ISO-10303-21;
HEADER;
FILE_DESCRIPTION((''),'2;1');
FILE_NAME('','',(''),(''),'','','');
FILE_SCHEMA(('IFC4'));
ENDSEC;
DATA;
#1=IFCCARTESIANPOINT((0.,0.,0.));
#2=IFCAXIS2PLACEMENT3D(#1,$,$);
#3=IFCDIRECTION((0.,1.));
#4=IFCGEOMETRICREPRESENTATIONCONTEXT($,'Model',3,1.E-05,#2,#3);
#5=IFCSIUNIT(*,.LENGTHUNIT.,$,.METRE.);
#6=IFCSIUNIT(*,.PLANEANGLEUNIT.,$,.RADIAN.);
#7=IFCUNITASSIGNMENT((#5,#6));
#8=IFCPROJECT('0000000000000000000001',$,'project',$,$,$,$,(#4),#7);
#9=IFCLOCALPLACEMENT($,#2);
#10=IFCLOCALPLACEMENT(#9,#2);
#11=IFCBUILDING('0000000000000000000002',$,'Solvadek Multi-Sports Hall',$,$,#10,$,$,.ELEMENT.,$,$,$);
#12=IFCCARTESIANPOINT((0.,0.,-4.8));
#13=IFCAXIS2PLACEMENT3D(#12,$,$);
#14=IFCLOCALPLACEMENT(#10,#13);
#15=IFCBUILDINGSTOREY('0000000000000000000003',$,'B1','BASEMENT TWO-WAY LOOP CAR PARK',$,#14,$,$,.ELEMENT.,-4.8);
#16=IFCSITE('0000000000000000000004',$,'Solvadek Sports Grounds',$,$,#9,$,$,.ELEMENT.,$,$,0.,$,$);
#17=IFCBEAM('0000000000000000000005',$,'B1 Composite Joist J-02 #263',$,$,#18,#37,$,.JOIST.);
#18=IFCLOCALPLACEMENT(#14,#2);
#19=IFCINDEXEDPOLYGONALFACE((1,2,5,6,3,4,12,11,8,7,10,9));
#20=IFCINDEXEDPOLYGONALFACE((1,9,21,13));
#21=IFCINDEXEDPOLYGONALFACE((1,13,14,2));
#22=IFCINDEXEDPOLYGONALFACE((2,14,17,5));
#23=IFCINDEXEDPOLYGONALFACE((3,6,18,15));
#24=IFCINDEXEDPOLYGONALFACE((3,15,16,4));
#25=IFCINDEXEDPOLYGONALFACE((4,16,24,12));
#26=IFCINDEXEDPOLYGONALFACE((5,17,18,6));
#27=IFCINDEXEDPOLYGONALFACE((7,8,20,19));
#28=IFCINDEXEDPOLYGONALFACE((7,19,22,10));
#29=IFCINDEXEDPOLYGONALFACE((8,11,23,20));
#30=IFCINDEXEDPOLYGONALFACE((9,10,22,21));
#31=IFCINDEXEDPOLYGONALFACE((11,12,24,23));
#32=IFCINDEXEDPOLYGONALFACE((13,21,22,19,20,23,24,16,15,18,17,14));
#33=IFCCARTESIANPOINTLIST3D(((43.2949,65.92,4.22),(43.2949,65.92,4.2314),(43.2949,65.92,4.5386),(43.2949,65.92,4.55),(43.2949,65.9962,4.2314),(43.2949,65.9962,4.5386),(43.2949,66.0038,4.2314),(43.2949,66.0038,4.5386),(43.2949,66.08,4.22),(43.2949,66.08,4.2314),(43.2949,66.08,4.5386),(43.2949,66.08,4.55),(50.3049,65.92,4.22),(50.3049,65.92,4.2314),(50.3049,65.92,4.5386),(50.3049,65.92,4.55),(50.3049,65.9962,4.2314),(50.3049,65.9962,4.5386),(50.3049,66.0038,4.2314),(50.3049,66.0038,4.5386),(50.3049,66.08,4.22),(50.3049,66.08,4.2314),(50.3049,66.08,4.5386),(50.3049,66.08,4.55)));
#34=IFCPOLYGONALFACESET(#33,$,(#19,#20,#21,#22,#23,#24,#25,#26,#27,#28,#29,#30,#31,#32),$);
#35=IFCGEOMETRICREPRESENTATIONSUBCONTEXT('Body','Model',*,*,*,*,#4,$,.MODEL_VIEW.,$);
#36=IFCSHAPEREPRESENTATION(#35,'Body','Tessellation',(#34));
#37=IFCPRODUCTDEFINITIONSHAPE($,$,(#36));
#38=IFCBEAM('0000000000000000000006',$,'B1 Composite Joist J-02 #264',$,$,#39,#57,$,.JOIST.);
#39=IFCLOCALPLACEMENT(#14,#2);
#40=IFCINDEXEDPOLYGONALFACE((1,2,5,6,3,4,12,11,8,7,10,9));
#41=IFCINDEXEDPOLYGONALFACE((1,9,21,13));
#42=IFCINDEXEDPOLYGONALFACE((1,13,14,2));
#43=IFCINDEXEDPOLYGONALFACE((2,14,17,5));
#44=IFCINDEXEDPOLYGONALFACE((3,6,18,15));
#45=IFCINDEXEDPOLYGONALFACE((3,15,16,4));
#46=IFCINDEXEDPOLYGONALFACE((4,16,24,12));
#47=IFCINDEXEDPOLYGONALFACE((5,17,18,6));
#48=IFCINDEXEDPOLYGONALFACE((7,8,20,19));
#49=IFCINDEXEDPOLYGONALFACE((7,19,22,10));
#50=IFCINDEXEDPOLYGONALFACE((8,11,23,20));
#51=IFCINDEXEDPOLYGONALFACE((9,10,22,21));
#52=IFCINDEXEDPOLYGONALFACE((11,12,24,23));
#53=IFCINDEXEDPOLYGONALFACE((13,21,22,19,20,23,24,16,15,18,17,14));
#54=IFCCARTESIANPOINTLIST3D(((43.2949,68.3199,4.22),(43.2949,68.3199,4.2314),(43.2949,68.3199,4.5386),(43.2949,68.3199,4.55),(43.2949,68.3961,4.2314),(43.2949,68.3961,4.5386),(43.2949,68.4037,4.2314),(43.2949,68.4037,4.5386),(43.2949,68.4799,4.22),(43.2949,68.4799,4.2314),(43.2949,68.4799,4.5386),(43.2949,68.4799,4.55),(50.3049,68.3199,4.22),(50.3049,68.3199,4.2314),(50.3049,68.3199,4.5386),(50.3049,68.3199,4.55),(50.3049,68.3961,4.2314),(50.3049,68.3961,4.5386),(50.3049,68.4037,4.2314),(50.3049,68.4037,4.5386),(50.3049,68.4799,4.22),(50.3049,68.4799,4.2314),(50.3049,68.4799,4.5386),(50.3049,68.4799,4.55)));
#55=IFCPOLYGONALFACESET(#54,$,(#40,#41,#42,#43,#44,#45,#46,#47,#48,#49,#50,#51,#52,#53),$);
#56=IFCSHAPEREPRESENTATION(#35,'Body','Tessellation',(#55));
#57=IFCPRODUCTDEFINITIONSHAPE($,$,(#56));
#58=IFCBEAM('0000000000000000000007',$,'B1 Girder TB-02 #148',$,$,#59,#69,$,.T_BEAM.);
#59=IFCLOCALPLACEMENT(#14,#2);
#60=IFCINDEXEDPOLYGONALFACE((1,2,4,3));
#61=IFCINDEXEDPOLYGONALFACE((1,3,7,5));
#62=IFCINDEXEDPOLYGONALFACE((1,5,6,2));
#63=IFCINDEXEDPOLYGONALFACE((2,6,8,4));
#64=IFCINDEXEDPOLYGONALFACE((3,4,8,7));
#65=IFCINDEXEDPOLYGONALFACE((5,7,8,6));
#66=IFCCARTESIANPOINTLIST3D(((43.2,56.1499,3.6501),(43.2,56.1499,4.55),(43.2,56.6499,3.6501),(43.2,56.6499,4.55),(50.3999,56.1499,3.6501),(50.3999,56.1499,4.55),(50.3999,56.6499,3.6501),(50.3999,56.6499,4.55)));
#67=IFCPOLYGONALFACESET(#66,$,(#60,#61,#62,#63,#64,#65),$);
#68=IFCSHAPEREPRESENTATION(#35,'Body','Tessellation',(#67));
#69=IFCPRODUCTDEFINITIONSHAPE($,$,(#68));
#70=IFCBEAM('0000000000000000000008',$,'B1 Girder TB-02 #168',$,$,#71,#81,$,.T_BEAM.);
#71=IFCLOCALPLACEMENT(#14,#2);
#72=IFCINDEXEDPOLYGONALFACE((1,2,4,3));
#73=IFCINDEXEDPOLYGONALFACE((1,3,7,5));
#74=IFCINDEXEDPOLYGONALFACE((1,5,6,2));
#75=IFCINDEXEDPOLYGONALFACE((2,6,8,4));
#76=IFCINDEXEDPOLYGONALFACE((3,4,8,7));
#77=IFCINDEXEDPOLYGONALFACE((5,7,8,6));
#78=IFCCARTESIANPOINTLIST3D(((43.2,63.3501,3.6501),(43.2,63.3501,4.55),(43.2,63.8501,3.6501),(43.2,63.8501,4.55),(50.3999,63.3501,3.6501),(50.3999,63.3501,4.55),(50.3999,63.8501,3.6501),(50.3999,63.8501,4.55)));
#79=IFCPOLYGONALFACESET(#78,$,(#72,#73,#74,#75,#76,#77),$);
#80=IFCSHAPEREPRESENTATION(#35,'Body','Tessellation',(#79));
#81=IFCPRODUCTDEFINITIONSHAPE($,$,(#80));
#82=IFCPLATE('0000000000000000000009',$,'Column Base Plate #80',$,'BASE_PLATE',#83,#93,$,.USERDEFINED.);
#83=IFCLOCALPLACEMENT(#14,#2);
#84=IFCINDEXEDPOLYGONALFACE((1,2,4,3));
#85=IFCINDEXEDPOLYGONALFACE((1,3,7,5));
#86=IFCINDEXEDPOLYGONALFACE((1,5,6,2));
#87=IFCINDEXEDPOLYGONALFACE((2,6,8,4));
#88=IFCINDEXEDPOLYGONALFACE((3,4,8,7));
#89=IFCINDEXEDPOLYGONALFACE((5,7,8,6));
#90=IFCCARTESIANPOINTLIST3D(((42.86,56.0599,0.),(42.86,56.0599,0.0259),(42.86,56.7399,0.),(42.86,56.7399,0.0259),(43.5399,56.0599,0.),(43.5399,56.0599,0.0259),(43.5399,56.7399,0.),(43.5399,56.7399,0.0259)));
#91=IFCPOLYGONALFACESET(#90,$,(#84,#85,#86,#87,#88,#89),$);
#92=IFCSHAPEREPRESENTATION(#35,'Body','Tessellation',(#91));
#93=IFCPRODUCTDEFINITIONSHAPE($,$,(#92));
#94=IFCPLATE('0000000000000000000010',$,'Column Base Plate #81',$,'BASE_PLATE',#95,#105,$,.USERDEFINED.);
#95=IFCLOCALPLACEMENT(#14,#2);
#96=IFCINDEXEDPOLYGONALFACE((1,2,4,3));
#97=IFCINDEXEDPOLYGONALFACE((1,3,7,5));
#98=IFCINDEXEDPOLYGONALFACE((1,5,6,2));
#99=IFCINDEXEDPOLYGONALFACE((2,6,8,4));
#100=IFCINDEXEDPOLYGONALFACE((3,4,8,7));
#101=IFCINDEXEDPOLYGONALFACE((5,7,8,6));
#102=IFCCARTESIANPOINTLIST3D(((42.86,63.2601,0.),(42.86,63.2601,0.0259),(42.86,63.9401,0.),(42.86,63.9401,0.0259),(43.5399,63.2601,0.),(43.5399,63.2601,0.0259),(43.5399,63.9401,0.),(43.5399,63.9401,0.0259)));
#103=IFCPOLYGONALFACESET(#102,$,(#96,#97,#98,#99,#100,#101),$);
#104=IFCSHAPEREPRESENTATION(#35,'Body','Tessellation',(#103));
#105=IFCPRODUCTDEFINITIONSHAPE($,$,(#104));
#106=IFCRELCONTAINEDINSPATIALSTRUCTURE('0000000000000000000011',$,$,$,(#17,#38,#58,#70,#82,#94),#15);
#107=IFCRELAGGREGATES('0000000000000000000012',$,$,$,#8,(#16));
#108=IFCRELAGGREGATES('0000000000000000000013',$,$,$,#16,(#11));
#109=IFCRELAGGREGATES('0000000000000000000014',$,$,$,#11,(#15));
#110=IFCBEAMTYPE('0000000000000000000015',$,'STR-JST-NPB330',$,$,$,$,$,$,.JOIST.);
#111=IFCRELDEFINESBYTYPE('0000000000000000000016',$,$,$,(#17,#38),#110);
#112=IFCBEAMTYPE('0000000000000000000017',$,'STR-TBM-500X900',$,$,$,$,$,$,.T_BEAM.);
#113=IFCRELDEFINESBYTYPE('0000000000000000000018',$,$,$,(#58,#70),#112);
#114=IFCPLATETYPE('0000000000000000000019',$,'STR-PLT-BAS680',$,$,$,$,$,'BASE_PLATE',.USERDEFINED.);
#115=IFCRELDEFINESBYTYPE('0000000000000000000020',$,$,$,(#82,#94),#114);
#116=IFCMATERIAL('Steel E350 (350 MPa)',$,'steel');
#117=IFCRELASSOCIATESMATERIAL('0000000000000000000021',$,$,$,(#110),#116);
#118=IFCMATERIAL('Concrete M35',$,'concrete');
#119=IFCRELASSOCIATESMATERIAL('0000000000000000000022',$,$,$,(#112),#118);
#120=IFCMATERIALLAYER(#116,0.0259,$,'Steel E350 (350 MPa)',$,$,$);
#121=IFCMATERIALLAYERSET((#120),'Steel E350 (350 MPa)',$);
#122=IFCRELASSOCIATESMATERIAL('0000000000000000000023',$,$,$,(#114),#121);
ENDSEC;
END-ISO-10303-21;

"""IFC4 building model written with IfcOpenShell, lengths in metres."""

from ifc_helpers import new_model, si_unit, direction, frame, origin, origin_2d, place, context, subcontext, project, spatial, rectangle, i_section, extrude, material, layer, layer_set, material_profile, profile_set, type_object, element, save


model = new_model("IFC4")

# Units and contexts
model_context = context("Model", 3, precision=1e-05, world=origin(), true_north=direction((0.0, 1.0)))
body_context = subcontext(model_context, "Body", "Model", "MODEL_VIEW")
ifc_project = project(units=[si_unit("LENGTHUNIT", "METRE"), si_unit("PLANEANGLEUNIT", "RADIAN")], contexts=[model_context])

# Site, building, storey
site_placement = place(None, origin())
site = spatial("IfcSite", under=ifc_project, at=site_placement, Name="Solvadek Sports Grounds", CompositionType="ELEMENT", RefElevation=0.0)
building_placement = place(site_placement, origin())
building = spatial("IfcBuilding", under=site, at=building_placement, Name="Solvadek Multi-Sports Hall", CompositionType="ELEMENT")
storey_placement = place(building_placement, frame((0.0, 0.0, -4.8)))
storey = spatial("IfcBuildingStorey", under=building, at=storey_placement, Name="B1", Description="BASEMENT TWO-WAY LOOP CAR PARK", CompositionType="ELEMENT", Elevation=-4.8)

# Shared definitions
ifc_material_1 = material(Name="Concrete M35", Category="concrete")

# Shared definitions
ifc_material_2 = material(Name="Steel E350 (350 MPa)", Category="steel")

# Beams
ifc_material_profile_1 = material_profile(ifc_material_2, i_section(OverallWidth=0.1599, OverallDepth=0.3301, WebThickness=0.0076, FlangeThickness=0.0115, at=origin_2d()), Name="NPB 330")
ifc_profile_set_1 = profile_set([ifc_material_profile_1], Name="Steel E350 (350 MPa)")
beam_type_1 = type_object("IfcBeamType", Name="STR-JST-NPB330", PredefinedType="JOIST", material=ifc_profile_set_1)
for number, where, z_axis, x_axis, name in (
    (1, (43.2949, 66.0, 4.385), (1.0, 0.0, 0.0), (0.0, 1.0, 0.0), "B1 Composite Joist J-02 #263"),
    (2, (43.2949, 68.3999, 4.385), (1.0, 0.0, 0.0), (0.0, 1.0, 0.0), "B1 Composite Joist J-02 #264"),
):
    element("IfcBeam", number, at=place(storey_placement, frame(where, z_axis=z_axis, x_axis=x_axis)), inside=storey, type_object=beam_type_1, Name=name, PredefinedType="JOIST", context=body_context, shape_type="SweptSolid", body=[
        extrude(i_section(OverallWidth=0.1599, OverallDepth=0.3301, WebThickness=0.0076, FlangeThickness=0.0115, at=origin_2d()), origin(), (0.0, 0.0, 1.0), 7.01),
    ])
ifc_material_profile_2 = material_profile(ifc_material_1, rectangle(XDim=0.5, YDim=0.8999, at=origin_2d()), Name="RC T-BEAM 500x900")
ifc_profile_set_2 = profile_set([ifc_material_profile_2], Name="Concrete M35")
beam_type_2 = type_object("IfcBeamType", Name="STR-TBM-500X900", PredefinedType="T_BEAM", material=ifc_profile_set_2)
for number, where, z_axis, x_axis, name in (
    (3, (43.2, 56.3999, 4.1001), (1.0, 0.0, 0.0), (0.0, 1.0, 0.0), "B1 Girder TB-02 #148"),
    (4, (43.2, 63.6001, 4.1001), (1.0, 0.0, 0.0), (0.0, 1.0, 0.0), "B1 Girder TB-02 #168"),
):
    element("IfcBeam", number, at=place(storey_placement, frame(where, z_axis=z_axis, x_axis=x_axis)), inside=storey, type_object=beam_type_2, Name=name, PredefinedType="T_BEAM", context=body_context, shape_type="SweptSolid", body=[
        extrude(rectangle(XDim=0.5, YDim=0.8999, at=origin_2d()), origin(), (0.0, 0.0, 1.0), 7.2),
    ])

# Plates
ifc_layer = layer(ifc_material_2, 0.0259, Name="Steel E350 (350 MPa)")
ifc_layer_set = layer_set([ifc_layer], Name="Steel E350 (350 MPa)")
plate_type = type_object("IfcPlateType", Name="STR-PLT-BAS680", ElementType="BASE_PLATE", PredefinedType="USERDEFINED", material=ifc_layer_set)
for number, where, z_axis, x_axis, name in (
    (5, (43.2, 56.3999, 0.0), (0.0, 0.0, 1.0), (1.0, 0.0, 0.0), "Column Base Plate #80"),
    (6, (43.2, 63.6001, 0.0), (0.0, 0.0, 1.0), (1.0, 0.0, 0.0), "Column Base Plate #81"),
):
    element("IfcPlate", number, at=place(storey_placement, frame(where, z_axis=z_axis, x_axis=x_axis)), inside=storey, type_object=plate_type, Name=name, ObjectType="BASE_PLATE", PredefinedType="USERDEFINED", context=body_context, shape_type="SweptSolid", body=[
        extrude(rectangle(XDim=0.6799, YDim=0.6799, at=origin_2d()), origin(), (0.0, 0.0, 1.0), 0.0259),
    ])

save(model, "model.ifc")
